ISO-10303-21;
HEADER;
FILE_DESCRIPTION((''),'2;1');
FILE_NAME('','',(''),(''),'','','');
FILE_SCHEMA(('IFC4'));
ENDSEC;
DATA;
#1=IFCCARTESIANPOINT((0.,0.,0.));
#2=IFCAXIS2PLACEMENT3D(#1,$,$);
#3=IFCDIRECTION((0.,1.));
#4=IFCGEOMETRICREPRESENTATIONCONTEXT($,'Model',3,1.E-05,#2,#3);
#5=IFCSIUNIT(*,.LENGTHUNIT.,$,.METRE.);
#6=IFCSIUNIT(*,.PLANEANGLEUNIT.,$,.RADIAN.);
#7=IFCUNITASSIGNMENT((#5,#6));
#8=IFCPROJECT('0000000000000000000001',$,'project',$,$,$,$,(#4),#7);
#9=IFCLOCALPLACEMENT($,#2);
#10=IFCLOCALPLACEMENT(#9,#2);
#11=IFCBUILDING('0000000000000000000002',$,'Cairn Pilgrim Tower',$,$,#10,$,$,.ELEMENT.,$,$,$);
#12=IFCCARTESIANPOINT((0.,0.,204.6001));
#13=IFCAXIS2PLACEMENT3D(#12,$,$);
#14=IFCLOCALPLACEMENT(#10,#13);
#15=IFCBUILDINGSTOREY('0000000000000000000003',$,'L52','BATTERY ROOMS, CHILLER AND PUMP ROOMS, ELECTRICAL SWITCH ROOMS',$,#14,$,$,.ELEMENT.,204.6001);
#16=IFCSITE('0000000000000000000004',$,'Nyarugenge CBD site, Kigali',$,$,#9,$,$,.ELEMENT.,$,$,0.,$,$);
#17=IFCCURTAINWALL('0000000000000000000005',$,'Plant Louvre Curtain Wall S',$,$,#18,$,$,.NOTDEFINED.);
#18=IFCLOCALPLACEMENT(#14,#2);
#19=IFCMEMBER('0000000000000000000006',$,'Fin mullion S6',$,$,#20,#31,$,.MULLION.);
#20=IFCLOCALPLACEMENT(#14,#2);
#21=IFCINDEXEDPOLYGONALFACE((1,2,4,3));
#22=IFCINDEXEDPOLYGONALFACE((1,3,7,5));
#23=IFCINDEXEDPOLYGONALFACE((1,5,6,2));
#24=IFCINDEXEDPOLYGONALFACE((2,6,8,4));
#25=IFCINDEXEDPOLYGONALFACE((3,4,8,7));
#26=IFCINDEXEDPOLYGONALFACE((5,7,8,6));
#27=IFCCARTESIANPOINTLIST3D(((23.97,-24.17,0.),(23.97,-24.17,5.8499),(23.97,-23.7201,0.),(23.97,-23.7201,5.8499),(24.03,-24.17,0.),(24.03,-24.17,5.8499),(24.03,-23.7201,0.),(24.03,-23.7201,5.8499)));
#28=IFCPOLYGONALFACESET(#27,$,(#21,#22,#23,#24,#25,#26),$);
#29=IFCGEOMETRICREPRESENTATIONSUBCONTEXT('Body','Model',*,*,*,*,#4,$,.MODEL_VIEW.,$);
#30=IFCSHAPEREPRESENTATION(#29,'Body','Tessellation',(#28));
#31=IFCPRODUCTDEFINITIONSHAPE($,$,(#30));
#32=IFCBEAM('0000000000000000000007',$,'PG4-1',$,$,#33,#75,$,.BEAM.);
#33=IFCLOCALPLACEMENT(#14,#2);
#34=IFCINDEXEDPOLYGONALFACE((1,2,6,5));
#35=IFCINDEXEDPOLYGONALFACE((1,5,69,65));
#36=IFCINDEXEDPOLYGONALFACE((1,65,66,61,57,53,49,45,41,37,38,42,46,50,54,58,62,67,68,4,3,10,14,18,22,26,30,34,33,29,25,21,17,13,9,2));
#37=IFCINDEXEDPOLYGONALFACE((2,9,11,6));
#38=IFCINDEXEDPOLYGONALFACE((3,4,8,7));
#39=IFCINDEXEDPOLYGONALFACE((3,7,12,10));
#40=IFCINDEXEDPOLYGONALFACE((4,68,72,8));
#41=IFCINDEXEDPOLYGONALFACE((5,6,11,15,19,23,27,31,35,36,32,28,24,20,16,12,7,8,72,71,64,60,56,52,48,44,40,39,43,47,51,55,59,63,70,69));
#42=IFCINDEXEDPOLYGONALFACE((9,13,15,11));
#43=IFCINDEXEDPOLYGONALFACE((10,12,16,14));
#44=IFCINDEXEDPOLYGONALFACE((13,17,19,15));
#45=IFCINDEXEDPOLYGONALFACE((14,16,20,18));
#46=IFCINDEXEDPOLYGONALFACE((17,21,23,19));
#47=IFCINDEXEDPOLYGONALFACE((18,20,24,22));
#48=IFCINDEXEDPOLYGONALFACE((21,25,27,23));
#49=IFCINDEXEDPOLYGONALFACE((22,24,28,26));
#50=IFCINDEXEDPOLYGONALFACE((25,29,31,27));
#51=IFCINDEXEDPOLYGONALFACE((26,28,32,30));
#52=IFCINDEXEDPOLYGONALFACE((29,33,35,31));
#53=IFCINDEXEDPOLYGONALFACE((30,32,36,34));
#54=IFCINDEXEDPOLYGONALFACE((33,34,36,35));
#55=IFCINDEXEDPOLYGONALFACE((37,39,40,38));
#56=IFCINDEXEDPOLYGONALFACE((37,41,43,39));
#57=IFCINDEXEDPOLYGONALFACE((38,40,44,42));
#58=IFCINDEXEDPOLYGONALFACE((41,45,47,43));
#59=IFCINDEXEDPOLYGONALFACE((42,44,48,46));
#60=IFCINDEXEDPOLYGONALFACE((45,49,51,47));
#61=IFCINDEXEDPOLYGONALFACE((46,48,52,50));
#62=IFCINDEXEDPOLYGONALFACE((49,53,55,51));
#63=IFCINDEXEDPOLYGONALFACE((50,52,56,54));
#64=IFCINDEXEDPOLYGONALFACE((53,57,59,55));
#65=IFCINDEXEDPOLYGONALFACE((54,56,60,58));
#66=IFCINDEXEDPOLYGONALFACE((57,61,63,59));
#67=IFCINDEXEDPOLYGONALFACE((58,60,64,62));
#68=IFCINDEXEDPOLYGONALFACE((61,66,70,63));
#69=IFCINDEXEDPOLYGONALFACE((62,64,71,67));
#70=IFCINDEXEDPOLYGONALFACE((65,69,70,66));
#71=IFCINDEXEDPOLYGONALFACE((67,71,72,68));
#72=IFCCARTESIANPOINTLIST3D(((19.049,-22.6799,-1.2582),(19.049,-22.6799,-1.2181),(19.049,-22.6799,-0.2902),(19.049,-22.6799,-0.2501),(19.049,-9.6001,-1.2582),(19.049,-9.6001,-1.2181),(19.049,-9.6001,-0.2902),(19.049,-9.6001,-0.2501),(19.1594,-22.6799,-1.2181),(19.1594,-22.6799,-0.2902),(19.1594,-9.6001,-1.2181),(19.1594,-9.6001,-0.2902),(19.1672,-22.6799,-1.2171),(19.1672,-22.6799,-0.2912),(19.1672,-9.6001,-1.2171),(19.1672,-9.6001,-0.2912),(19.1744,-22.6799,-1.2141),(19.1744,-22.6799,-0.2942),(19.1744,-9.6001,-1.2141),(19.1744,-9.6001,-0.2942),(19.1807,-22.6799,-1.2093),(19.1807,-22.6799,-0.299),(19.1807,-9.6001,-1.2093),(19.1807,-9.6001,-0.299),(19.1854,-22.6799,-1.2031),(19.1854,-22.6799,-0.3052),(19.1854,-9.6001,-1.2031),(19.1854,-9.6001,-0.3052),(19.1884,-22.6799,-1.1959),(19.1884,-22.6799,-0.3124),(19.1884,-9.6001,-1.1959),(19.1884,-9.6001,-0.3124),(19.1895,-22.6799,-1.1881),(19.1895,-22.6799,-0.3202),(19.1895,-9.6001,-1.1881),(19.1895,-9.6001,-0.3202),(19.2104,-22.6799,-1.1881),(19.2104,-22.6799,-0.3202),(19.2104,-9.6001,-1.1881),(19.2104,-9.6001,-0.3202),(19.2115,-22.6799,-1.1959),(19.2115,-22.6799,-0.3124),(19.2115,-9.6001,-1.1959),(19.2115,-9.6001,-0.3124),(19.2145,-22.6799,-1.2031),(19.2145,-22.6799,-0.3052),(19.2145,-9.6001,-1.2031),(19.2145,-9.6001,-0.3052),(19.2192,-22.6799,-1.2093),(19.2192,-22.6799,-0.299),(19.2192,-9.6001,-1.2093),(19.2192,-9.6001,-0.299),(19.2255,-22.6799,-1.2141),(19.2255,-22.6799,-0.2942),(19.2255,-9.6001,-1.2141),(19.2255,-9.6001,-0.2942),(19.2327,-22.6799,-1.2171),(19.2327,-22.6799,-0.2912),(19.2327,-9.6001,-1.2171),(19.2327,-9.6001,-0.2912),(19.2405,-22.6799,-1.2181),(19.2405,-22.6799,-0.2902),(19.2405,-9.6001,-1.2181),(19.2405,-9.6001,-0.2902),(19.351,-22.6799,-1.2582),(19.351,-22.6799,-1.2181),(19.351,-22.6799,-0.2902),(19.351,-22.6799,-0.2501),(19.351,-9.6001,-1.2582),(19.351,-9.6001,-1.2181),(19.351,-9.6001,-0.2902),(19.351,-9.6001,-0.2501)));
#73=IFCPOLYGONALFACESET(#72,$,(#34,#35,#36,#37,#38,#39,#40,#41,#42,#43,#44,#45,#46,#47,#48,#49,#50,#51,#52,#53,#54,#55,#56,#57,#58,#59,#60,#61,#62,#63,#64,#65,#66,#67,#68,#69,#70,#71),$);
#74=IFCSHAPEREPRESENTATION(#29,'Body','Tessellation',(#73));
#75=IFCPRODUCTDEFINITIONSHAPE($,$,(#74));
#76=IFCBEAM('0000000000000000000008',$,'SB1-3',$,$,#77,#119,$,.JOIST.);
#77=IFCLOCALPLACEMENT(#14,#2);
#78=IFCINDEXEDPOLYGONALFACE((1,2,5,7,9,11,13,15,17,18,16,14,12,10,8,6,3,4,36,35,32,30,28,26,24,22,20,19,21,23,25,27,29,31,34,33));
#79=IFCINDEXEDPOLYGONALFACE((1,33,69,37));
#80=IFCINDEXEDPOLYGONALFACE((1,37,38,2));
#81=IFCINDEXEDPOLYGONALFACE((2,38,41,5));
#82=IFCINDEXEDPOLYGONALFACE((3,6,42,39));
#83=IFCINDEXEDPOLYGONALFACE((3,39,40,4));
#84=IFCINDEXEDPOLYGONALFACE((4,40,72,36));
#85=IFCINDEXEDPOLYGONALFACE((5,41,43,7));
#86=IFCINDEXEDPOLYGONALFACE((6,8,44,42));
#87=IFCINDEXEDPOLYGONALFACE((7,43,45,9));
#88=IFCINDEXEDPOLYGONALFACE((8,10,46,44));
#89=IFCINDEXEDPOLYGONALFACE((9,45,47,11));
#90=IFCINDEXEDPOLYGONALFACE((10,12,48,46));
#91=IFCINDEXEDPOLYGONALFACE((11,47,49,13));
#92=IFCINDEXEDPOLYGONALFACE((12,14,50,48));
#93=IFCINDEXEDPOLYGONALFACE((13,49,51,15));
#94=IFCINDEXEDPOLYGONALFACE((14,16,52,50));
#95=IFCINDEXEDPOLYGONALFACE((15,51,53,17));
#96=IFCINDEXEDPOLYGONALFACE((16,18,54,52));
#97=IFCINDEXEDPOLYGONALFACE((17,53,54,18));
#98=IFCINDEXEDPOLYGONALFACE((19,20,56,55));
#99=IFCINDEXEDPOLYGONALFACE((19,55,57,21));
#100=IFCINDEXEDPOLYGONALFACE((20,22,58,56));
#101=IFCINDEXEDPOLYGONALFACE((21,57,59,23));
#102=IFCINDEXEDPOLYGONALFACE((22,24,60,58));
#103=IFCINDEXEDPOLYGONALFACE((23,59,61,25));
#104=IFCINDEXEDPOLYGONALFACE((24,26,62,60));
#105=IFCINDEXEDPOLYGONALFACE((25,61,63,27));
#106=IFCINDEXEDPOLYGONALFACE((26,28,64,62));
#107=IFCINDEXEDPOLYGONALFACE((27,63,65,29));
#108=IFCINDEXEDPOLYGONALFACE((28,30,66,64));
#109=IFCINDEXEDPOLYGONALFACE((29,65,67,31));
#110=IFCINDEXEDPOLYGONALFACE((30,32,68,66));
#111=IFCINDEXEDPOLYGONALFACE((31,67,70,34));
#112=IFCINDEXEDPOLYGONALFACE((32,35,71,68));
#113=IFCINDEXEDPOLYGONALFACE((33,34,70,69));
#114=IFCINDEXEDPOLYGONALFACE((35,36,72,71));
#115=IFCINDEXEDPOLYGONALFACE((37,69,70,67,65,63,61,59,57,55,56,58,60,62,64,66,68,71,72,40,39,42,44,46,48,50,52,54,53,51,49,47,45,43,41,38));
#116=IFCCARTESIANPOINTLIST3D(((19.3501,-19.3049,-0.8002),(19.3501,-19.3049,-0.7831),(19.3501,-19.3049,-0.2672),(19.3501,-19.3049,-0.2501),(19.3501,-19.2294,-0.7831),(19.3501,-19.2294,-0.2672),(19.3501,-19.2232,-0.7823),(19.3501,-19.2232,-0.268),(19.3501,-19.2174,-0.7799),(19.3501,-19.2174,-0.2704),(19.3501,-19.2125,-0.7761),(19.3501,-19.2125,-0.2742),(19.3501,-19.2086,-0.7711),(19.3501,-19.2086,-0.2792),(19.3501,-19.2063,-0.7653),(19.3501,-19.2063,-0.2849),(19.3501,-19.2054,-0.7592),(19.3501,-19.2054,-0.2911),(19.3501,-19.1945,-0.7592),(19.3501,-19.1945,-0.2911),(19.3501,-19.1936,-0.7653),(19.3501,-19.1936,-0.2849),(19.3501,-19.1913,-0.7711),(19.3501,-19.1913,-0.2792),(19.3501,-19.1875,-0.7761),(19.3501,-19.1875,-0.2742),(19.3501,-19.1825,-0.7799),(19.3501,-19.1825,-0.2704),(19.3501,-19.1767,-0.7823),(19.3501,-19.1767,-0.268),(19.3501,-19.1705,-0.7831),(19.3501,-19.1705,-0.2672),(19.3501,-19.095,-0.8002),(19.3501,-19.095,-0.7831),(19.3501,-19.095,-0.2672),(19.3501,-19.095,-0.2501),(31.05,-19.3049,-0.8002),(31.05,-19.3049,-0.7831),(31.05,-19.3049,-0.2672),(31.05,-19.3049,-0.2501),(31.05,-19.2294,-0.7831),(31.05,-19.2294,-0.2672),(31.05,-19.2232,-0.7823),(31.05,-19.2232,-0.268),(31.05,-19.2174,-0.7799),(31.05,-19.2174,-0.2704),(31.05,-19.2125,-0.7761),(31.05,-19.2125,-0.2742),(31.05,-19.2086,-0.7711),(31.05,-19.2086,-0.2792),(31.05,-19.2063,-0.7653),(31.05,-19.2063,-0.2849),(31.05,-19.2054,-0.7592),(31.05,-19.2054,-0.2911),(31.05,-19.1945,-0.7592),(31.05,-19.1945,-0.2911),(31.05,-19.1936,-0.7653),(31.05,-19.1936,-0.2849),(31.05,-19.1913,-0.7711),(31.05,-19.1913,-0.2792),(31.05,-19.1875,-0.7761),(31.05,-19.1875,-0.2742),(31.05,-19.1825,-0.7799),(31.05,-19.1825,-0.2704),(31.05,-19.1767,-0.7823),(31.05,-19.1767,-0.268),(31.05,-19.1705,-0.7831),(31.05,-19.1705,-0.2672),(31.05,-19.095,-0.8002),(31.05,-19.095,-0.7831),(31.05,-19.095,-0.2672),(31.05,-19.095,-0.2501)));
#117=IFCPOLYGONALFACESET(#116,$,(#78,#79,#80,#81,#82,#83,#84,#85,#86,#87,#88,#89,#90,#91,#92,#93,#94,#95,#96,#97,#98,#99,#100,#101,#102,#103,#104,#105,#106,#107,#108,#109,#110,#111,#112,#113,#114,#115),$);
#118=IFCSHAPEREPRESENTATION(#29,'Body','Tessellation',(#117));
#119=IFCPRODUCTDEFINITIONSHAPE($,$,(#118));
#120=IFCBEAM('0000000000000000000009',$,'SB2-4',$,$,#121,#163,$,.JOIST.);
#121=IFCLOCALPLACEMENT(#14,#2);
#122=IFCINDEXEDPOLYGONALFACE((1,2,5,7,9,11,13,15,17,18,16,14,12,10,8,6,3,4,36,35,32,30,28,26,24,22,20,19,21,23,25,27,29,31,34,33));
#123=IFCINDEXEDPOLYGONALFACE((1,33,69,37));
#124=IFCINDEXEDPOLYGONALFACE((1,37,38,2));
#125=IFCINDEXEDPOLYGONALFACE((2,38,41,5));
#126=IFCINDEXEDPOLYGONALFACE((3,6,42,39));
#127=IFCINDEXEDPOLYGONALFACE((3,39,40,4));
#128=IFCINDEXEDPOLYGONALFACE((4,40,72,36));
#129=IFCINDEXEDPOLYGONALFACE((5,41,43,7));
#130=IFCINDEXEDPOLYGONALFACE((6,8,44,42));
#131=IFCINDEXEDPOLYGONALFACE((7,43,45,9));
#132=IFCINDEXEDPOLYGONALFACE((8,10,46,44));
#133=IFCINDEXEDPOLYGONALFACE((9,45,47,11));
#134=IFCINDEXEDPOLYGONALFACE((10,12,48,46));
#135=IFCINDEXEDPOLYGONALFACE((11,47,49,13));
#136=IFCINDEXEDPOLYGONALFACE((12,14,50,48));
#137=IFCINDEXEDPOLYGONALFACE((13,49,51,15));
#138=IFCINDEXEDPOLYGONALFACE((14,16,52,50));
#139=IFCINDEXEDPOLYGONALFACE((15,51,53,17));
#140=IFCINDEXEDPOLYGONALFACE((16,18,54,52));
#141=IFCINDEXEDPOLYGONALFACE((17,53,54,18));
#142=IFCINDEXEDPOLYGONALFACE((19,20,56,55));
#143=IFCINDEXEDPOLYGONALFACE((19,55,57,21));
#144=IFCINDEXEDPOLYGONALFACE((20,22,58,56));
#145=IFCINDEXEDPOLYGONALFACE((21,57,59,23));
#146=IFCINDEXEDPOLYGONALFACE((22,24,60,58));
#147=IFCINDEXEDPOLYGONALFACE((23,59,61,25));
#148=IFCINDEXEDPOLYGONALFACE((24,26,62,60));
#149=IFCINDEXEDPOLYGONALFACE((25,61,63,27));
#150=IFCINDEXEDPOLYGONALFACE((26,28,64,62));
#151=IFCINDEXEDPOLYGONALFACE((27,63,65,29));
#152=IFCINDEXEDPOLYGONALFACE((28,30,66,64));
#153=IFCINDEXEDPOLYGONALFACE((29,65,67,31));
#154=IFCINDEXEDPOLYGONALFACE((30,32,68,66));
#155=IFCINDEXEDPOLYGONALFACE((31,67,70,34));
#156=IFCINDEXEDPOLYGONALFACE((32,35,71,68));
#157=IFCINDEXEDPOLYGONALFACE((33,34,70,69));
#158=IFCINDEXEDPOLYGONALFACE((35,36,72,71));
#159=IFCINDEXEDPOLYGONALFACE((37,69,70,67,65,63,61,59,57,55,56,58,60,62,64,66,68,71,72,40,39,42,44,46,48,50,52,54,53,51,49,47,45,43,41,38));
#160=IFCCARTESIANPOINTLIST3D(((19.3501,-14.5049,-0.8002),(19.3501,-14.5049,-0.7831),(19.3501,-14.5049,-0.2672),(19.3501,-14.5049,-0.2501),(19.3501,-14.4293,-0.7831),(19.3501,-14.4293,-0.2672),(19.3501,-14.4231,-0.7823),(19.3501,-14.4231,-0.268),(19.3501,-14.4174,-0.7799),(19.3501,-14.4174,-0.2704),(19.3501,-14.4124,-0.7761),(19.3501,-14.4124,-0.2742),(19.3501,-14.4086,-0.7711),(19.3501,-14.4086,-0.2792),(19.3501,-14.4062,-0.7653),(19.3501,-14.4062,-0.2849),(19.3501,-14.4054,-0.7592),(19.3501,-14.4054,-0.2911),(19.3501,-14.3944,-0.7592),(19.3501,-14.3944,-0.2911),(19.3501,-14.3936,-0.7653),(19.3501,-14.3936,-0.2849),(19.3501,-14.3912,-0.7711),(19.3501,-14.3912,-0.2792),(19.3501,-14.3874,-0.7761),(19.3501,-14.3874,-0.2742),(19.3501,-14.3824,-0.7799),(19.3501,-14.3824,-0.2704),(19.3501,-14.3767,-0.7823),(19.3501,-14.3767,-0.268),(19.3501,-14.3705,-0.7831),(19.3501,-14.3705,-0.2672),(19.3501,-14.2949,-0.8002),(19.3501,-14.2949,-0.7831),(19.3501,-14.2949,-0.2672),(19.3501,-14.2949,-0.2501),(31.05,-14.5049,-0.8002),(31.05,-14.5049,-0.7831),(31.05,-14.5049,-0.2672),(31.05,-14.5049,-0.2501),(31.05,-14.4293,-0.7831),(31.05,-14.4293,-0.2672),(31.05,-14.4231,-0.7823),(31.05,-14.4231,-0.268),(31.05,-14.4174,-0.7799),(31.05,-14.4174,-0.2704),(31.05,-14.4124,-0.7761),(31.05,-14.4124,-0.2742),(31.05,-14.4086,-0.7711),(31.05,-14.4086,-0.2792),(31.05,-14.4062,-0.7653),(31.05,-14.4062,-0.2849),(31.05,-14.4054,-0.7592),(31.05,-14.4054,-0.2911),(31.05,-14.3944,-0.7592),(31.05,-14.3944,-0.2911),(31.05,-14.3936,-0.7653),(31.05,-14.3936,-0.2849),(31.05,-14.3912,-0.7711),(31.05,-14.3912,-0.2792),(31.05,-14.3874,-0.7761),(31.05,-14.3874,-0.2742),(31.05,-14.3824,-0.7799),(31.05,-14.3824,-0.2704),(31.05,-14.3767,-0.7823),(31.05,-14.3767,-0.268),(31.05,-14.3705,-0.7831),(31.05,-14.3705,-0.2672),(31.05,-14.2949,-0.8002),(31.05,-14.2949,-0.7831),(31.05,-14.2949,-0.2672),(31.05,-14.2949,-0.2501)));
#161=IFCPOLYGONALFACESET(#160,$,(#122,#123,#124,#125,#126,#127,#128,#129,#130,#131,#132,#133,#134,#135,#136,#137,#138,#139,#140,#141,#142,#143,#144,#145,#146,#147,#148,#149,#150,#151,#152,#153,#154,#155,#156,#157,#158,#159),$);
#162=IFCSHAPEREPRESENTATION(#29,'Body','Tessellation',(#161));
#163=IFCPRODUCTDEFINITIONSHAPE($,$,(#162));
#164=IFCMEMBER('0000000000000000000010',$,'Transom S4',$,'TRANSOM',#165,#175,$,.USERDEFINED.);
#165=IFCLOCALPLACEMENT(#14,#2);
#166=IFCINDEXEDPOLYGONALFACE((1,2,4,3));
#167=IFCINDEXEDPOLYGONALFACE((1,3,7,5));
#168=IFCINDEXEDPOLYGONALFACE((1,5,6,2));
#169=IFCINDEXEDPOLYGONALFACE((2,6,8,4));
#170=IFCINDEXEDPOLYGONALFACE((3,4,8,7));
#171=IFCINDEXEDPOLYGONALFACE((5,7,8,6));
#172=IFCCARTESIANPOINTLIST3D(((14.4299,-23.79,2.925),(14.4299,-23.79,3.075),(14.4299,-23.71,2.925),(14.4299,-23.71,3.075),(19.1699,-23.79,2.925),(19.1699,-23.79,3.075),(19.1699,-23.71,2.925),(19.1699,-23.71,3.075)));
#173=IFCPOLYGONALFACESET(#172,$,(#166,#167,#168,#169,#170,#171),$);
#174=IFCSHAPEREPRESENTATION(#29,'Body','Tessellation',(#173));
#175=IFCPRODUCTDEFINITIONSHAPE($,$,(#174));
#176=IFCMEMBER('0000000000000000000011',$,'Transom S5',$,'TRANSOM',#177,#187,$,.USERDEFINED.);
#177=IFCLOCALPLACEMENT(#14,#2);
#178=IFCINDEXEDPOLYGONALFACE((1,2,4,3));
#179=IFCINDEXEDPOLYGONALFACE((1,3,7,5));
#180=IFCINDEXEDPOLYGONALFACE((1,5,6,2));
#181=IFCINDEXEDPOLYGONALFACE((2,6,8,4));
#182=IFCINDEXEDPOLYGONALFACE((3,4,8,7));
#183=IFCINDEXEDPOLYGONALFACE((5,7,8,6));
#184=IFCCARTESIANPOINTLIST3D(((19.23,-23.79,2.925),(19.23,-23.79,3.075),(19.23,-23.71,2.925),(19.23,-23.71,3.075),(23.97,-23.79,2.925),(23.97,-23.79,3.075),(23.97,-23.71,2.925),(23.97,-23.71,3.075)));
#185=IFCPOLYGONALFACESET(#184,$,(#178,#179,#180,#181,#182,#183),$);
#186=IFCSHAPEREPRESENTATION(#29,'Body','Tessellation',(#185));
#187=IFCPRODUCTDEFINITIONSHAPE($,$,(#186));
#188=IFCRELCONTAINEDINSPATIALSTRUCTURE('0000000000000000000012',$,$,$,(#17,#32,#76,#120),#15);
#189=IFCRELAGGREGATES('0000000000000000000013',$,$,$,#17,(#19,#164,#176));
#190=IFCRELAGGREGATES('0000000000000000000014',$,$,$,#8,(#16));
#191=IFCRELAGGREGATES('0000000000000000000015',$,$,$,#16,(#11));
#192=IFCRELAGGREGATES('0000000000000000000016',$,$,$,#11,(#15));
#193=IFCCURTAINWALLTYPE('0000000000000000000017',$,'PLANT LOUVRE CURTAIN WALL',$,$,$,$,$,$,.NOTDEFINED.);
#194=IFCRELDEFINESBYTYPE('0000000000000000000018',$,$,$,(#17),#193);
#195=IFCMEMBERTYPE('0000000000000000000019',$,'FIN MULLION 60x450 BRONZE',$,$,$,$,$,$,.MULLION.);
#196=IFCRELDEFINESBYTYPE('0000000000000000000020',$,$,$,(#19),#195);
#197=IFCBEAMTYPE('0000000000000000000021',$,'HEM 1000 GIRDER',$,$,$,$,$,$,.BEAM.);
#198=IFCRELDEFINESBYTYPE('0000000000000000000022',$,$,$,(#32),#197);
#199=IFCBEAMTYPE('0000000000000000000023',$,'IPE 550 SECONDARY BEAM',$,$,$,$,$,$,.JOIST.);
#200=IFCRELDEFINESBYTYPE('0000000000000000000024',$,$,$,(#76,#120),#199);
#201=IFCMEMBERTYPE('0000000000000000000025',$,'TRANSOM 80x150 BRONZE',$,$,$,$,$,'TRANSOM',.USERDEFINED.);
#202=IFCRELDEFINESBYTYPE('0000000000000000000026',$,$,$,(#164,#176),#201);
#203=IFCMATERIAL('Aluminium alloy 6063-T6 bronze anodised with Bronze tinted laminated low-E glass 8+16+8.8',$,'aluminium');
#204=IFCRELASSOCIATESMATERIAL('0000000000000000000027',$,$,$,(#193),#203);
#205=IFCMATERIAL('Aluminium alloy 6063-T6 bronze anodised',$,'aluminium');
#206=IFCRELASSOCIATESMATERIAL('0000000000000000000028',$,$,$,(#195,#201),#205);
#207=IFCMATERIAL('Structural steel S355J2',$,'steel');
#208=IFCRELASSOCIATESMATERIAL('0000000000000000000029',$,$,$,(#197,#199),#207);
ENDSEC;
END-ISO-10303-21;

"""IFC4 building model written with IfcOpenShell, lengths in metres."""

from ifc_helpers import new_model, si_unit, direction, frame, origin, origin_2d, place, context, subcontext, project, spatial, rectangle, i_section, extrude, material, material_profile, profile_set, type_object, element, aggregate, save


model = new_model("IFC4")

# Units and contexts
model_context = context("Model", 3, precision=1e-05, world=origin(), true_north=direction((0.0, 1.0)))
body_context = subcontext(model_context, "Body", "Model", "MODEL_VIEW")
ifc_project = project(units=[si_unit("LENGTHUNIT", "METRE"), si_unit("PLANEANGLEUNIT", "RADIAN")], contexts=[model_context])

# Site, building, storey
site_placement = place(None, origin())
site = spatial("IfcSite", under=ifc_project, at=site_placement, Name="Nyarugenge CBD site, Kigali", CompositionType="ELEMENT", RefElevation=0.0)
building_placement = place(site_placement, origin())
building = spatial("IfcBuilding", under=site, at=building_placement, Name="Cairn Pilgrim Tower", CompositionType="ELEMENT")
storey_placement = place(building_placement, frame((0.0, 0.0, 204.6001)))
storey = spatial("IfcBuildingStorey", under=building, at=storey_placement, Name="L52", Description="BATTERY ROOMS, CHILLER AND PUMP ROOMS, ELECTRICAL SWITCH ROOMS", CompositionType="ELEMENT", Elevation=204.6001)

# Curtain wall, member
ifc_material_1 = material(Name="Aluminium alloy 6063-T6 bronze anodised with Bronze tinted laminated low-E glass 8+16+8.8", Category="aluminium")
curtain_wall_type = type_object("IfcCurtainWallType", Name="PLANT LOUVRE CURTAIN WALL", PredefinedType="NOTDEFINED", material=ifc_material_1)
curtain_wall_placement = place(storey_placement, origin())
curtain_wall = element("IfcCurtainWall", 1, at=curtain_wall_placement, inside=storey, type_object=curtain_wall_type, Name="Plant Louvre Curtain Wall S", PredefinedType="NOTDEFINED")
ifc_material_2 = material(Name="Aluminium alloy 6063-T6 bronze anodised", Category="aluminium")
ifc_material_profile_1 = material_profile(ifc_material_2, rectangle(XDim=0.45, YDim=0.0601, at=origin_2d()), Name="FIN MULLION 60x450 BRONZE")
ifc_profile_set_1 = profile_set([ifc_material_profile_1], Name="Aluminium alloy 6063-T6 bronze anodised")
member_type_1 = type_object("IfcMemberType", Name="FIN MULLION 60x450 BRONZE", PredefinedType="MULLION", material=ifc_profile_set_1)
member_1_placement = place(storey_placement, frame((24.0, -23.9451, 0.0), z_axis=(0.0, 0.0, 1.0), x_axis=(0.0, -1.0, 0.0)))
member_1 = element("IfcMember", 2, at=member_1_placement, type_object=member_type_1, Name="Fin mullion S6", PredefinedType="MULLION", context=body_context, shape_type="SweptSolid", body=[
    extrude(rectangle(XDim=0.45, YDim=0.0601, at=origin_2d()), origin(), (0.0, 0.0, 1.0), 5.8499),
])

# Beams
ifc_material_3 = material(Name="Structural steel S355J2", Category="steel")
ifc_material_profile_2 = material_profile(ifc_material_3, i_section(OverallWidth=0.302, OverallDepth=1.0081, WebThickness=0.021, FlangeThickness=0.04, FilletRadius=0.03, at=origin_2d()), Name="HEM 1000")
ifc_profile_set_2 = profile_set([ifc_material_profile_2], Name="Structural steel S355J2")
beam_type_1 = type_object("IfcBeamType", Name="HEM 1000 GIRDER", PredefinedType="BEAM", material=ifc_profile_set_2)
beam_1_placement = place(storey_placement, frame((19.2, -22.6799, -0.7542), z_axis=(0.0, 1.0, 0.0), x_axis=(-1.0, 0.0, 0.0)))
element("IfcBeam", 3, at=beam_1_placement, inside=storey, type_object=beam_type_1, Name="PG4-1", PredefinedType="BEAM", context=body_context, shape_type="SweptSolid", body=[
    extrude(i_section(OverallWidth=0.302, OverallDepth=1.0081, WebThickness=0.021, FlangeThickness=0.04, FilletRadius=0.03, at=origin_2d()), origin(), (0.0, 0.0, 1.0), 13.0798),
])
ifc_material_profile_3 = material_profile(ifc_material_3, i_section(OverallWidth=0.21, OverallDepth=0.55, WebThickness=0.011, FlangeThickness=0.0171, FilletRadius=0.0239, at=origin_2d()), Name="IPE 550")
ifc_profile_set_3 = profile_set([ifc_material_profile_3], Name="Structural steel S355J2")
beam_type_2 = type_object("IfcBeamType", Name="IPE 550 SECONDARY BEAM", PredefinedType="JOIST", material=ifc_profile_set_3)
for number, where, z_axis, x_axis, name in (
    (4, (19.3501, -19.2, -0.5251), (1.0, 0.0, 0.0), (0.0, 1.0, 0.0), "SB1-3"),
    (5, (19.3501, -14.3999, -0.5251), (1.0, 0.0, 0.0), (0.0, 1.0, 0.0), "SB2-4"),
):
    element("IfcBeam", number, at=place(storey_placement, frame(where, z_axis=z_axis, x_axis=x_axis)), inside=storey, type_object=beam_type_2, Name=name, PredefinedType="JOIST", context=body_context, shape_type="SweptSolid", body=[
        extrude(i_section(OverallWidth=0.21, OverallDepth=0.55, WebThickness=0.011, FlangeThickness=0.0171, FilletRadius=0.0239, at=origin_2d()), origin(), (0.0, 0.0, 1.0), 11.7),
    ])

# Members
ifc_material_profile_4 = material_profile(ifc_material_2, rectangle(XDim=0.0801, YDim=0.1499, at=origin_2d()), Name="TRANSOM 80x150 BRONZE")
ifc_profile_set_4 = profile_set([ifc_material_profile_4], Name="Aluminium alloy 6063-T6 bronze anodised")
member_type_2 = type_object("IfcMemberType", Name="TRANSOM 80x150 BRONZE", ElementType="TRANSOM", PredefinedType="USERDEFINED", material=ifc_profile_set_4)
member_2_placement = place(storey_placement, frame((14.4299, -23.75, 3.0), z_axis=(1.0, 0.0, 0.0), x_axis=(0.0, 1.0, 0.0)))
member_2 = element("IfcMember", 6, at=member_2_placement, type_object=member_type_2, Name="Transom S4", ObjectType="TRANSOM", PredefinedType="USERDEFINED", context=body_context, shape_type="SweptSolid", body=[
    extrude(rectangle(XDim=0.0801, YDim=0.1499, at=origin_2d()), origin(), (0.0, 0.0, 1.0), 4.74),
])
member_3_placement = place(storey_placement, frame((19.23, -23.75, 3.0), z_axis=(1.0, 0.0, 0.0), x_axis=(0.0, 1.0, 0.0)))
member_3 = element("IfcMember", 7, at=member_3_placement, type_object=member_type_2, Name="Transom S5", ObjectType="TRANSOM", PredefinedType="USERDEFINED", context=body_context, shape_type="SweptSolid", body=[
    extrude(rectangle(XDim=0.0801, YDim=0.1499, at=origin_2d()), origin(), (0.0, 0.0, 1.0), 4.74),
])

aggregate(curtain_wall, [member_1, member_2, member_3])

save(model, "model.ifc")
